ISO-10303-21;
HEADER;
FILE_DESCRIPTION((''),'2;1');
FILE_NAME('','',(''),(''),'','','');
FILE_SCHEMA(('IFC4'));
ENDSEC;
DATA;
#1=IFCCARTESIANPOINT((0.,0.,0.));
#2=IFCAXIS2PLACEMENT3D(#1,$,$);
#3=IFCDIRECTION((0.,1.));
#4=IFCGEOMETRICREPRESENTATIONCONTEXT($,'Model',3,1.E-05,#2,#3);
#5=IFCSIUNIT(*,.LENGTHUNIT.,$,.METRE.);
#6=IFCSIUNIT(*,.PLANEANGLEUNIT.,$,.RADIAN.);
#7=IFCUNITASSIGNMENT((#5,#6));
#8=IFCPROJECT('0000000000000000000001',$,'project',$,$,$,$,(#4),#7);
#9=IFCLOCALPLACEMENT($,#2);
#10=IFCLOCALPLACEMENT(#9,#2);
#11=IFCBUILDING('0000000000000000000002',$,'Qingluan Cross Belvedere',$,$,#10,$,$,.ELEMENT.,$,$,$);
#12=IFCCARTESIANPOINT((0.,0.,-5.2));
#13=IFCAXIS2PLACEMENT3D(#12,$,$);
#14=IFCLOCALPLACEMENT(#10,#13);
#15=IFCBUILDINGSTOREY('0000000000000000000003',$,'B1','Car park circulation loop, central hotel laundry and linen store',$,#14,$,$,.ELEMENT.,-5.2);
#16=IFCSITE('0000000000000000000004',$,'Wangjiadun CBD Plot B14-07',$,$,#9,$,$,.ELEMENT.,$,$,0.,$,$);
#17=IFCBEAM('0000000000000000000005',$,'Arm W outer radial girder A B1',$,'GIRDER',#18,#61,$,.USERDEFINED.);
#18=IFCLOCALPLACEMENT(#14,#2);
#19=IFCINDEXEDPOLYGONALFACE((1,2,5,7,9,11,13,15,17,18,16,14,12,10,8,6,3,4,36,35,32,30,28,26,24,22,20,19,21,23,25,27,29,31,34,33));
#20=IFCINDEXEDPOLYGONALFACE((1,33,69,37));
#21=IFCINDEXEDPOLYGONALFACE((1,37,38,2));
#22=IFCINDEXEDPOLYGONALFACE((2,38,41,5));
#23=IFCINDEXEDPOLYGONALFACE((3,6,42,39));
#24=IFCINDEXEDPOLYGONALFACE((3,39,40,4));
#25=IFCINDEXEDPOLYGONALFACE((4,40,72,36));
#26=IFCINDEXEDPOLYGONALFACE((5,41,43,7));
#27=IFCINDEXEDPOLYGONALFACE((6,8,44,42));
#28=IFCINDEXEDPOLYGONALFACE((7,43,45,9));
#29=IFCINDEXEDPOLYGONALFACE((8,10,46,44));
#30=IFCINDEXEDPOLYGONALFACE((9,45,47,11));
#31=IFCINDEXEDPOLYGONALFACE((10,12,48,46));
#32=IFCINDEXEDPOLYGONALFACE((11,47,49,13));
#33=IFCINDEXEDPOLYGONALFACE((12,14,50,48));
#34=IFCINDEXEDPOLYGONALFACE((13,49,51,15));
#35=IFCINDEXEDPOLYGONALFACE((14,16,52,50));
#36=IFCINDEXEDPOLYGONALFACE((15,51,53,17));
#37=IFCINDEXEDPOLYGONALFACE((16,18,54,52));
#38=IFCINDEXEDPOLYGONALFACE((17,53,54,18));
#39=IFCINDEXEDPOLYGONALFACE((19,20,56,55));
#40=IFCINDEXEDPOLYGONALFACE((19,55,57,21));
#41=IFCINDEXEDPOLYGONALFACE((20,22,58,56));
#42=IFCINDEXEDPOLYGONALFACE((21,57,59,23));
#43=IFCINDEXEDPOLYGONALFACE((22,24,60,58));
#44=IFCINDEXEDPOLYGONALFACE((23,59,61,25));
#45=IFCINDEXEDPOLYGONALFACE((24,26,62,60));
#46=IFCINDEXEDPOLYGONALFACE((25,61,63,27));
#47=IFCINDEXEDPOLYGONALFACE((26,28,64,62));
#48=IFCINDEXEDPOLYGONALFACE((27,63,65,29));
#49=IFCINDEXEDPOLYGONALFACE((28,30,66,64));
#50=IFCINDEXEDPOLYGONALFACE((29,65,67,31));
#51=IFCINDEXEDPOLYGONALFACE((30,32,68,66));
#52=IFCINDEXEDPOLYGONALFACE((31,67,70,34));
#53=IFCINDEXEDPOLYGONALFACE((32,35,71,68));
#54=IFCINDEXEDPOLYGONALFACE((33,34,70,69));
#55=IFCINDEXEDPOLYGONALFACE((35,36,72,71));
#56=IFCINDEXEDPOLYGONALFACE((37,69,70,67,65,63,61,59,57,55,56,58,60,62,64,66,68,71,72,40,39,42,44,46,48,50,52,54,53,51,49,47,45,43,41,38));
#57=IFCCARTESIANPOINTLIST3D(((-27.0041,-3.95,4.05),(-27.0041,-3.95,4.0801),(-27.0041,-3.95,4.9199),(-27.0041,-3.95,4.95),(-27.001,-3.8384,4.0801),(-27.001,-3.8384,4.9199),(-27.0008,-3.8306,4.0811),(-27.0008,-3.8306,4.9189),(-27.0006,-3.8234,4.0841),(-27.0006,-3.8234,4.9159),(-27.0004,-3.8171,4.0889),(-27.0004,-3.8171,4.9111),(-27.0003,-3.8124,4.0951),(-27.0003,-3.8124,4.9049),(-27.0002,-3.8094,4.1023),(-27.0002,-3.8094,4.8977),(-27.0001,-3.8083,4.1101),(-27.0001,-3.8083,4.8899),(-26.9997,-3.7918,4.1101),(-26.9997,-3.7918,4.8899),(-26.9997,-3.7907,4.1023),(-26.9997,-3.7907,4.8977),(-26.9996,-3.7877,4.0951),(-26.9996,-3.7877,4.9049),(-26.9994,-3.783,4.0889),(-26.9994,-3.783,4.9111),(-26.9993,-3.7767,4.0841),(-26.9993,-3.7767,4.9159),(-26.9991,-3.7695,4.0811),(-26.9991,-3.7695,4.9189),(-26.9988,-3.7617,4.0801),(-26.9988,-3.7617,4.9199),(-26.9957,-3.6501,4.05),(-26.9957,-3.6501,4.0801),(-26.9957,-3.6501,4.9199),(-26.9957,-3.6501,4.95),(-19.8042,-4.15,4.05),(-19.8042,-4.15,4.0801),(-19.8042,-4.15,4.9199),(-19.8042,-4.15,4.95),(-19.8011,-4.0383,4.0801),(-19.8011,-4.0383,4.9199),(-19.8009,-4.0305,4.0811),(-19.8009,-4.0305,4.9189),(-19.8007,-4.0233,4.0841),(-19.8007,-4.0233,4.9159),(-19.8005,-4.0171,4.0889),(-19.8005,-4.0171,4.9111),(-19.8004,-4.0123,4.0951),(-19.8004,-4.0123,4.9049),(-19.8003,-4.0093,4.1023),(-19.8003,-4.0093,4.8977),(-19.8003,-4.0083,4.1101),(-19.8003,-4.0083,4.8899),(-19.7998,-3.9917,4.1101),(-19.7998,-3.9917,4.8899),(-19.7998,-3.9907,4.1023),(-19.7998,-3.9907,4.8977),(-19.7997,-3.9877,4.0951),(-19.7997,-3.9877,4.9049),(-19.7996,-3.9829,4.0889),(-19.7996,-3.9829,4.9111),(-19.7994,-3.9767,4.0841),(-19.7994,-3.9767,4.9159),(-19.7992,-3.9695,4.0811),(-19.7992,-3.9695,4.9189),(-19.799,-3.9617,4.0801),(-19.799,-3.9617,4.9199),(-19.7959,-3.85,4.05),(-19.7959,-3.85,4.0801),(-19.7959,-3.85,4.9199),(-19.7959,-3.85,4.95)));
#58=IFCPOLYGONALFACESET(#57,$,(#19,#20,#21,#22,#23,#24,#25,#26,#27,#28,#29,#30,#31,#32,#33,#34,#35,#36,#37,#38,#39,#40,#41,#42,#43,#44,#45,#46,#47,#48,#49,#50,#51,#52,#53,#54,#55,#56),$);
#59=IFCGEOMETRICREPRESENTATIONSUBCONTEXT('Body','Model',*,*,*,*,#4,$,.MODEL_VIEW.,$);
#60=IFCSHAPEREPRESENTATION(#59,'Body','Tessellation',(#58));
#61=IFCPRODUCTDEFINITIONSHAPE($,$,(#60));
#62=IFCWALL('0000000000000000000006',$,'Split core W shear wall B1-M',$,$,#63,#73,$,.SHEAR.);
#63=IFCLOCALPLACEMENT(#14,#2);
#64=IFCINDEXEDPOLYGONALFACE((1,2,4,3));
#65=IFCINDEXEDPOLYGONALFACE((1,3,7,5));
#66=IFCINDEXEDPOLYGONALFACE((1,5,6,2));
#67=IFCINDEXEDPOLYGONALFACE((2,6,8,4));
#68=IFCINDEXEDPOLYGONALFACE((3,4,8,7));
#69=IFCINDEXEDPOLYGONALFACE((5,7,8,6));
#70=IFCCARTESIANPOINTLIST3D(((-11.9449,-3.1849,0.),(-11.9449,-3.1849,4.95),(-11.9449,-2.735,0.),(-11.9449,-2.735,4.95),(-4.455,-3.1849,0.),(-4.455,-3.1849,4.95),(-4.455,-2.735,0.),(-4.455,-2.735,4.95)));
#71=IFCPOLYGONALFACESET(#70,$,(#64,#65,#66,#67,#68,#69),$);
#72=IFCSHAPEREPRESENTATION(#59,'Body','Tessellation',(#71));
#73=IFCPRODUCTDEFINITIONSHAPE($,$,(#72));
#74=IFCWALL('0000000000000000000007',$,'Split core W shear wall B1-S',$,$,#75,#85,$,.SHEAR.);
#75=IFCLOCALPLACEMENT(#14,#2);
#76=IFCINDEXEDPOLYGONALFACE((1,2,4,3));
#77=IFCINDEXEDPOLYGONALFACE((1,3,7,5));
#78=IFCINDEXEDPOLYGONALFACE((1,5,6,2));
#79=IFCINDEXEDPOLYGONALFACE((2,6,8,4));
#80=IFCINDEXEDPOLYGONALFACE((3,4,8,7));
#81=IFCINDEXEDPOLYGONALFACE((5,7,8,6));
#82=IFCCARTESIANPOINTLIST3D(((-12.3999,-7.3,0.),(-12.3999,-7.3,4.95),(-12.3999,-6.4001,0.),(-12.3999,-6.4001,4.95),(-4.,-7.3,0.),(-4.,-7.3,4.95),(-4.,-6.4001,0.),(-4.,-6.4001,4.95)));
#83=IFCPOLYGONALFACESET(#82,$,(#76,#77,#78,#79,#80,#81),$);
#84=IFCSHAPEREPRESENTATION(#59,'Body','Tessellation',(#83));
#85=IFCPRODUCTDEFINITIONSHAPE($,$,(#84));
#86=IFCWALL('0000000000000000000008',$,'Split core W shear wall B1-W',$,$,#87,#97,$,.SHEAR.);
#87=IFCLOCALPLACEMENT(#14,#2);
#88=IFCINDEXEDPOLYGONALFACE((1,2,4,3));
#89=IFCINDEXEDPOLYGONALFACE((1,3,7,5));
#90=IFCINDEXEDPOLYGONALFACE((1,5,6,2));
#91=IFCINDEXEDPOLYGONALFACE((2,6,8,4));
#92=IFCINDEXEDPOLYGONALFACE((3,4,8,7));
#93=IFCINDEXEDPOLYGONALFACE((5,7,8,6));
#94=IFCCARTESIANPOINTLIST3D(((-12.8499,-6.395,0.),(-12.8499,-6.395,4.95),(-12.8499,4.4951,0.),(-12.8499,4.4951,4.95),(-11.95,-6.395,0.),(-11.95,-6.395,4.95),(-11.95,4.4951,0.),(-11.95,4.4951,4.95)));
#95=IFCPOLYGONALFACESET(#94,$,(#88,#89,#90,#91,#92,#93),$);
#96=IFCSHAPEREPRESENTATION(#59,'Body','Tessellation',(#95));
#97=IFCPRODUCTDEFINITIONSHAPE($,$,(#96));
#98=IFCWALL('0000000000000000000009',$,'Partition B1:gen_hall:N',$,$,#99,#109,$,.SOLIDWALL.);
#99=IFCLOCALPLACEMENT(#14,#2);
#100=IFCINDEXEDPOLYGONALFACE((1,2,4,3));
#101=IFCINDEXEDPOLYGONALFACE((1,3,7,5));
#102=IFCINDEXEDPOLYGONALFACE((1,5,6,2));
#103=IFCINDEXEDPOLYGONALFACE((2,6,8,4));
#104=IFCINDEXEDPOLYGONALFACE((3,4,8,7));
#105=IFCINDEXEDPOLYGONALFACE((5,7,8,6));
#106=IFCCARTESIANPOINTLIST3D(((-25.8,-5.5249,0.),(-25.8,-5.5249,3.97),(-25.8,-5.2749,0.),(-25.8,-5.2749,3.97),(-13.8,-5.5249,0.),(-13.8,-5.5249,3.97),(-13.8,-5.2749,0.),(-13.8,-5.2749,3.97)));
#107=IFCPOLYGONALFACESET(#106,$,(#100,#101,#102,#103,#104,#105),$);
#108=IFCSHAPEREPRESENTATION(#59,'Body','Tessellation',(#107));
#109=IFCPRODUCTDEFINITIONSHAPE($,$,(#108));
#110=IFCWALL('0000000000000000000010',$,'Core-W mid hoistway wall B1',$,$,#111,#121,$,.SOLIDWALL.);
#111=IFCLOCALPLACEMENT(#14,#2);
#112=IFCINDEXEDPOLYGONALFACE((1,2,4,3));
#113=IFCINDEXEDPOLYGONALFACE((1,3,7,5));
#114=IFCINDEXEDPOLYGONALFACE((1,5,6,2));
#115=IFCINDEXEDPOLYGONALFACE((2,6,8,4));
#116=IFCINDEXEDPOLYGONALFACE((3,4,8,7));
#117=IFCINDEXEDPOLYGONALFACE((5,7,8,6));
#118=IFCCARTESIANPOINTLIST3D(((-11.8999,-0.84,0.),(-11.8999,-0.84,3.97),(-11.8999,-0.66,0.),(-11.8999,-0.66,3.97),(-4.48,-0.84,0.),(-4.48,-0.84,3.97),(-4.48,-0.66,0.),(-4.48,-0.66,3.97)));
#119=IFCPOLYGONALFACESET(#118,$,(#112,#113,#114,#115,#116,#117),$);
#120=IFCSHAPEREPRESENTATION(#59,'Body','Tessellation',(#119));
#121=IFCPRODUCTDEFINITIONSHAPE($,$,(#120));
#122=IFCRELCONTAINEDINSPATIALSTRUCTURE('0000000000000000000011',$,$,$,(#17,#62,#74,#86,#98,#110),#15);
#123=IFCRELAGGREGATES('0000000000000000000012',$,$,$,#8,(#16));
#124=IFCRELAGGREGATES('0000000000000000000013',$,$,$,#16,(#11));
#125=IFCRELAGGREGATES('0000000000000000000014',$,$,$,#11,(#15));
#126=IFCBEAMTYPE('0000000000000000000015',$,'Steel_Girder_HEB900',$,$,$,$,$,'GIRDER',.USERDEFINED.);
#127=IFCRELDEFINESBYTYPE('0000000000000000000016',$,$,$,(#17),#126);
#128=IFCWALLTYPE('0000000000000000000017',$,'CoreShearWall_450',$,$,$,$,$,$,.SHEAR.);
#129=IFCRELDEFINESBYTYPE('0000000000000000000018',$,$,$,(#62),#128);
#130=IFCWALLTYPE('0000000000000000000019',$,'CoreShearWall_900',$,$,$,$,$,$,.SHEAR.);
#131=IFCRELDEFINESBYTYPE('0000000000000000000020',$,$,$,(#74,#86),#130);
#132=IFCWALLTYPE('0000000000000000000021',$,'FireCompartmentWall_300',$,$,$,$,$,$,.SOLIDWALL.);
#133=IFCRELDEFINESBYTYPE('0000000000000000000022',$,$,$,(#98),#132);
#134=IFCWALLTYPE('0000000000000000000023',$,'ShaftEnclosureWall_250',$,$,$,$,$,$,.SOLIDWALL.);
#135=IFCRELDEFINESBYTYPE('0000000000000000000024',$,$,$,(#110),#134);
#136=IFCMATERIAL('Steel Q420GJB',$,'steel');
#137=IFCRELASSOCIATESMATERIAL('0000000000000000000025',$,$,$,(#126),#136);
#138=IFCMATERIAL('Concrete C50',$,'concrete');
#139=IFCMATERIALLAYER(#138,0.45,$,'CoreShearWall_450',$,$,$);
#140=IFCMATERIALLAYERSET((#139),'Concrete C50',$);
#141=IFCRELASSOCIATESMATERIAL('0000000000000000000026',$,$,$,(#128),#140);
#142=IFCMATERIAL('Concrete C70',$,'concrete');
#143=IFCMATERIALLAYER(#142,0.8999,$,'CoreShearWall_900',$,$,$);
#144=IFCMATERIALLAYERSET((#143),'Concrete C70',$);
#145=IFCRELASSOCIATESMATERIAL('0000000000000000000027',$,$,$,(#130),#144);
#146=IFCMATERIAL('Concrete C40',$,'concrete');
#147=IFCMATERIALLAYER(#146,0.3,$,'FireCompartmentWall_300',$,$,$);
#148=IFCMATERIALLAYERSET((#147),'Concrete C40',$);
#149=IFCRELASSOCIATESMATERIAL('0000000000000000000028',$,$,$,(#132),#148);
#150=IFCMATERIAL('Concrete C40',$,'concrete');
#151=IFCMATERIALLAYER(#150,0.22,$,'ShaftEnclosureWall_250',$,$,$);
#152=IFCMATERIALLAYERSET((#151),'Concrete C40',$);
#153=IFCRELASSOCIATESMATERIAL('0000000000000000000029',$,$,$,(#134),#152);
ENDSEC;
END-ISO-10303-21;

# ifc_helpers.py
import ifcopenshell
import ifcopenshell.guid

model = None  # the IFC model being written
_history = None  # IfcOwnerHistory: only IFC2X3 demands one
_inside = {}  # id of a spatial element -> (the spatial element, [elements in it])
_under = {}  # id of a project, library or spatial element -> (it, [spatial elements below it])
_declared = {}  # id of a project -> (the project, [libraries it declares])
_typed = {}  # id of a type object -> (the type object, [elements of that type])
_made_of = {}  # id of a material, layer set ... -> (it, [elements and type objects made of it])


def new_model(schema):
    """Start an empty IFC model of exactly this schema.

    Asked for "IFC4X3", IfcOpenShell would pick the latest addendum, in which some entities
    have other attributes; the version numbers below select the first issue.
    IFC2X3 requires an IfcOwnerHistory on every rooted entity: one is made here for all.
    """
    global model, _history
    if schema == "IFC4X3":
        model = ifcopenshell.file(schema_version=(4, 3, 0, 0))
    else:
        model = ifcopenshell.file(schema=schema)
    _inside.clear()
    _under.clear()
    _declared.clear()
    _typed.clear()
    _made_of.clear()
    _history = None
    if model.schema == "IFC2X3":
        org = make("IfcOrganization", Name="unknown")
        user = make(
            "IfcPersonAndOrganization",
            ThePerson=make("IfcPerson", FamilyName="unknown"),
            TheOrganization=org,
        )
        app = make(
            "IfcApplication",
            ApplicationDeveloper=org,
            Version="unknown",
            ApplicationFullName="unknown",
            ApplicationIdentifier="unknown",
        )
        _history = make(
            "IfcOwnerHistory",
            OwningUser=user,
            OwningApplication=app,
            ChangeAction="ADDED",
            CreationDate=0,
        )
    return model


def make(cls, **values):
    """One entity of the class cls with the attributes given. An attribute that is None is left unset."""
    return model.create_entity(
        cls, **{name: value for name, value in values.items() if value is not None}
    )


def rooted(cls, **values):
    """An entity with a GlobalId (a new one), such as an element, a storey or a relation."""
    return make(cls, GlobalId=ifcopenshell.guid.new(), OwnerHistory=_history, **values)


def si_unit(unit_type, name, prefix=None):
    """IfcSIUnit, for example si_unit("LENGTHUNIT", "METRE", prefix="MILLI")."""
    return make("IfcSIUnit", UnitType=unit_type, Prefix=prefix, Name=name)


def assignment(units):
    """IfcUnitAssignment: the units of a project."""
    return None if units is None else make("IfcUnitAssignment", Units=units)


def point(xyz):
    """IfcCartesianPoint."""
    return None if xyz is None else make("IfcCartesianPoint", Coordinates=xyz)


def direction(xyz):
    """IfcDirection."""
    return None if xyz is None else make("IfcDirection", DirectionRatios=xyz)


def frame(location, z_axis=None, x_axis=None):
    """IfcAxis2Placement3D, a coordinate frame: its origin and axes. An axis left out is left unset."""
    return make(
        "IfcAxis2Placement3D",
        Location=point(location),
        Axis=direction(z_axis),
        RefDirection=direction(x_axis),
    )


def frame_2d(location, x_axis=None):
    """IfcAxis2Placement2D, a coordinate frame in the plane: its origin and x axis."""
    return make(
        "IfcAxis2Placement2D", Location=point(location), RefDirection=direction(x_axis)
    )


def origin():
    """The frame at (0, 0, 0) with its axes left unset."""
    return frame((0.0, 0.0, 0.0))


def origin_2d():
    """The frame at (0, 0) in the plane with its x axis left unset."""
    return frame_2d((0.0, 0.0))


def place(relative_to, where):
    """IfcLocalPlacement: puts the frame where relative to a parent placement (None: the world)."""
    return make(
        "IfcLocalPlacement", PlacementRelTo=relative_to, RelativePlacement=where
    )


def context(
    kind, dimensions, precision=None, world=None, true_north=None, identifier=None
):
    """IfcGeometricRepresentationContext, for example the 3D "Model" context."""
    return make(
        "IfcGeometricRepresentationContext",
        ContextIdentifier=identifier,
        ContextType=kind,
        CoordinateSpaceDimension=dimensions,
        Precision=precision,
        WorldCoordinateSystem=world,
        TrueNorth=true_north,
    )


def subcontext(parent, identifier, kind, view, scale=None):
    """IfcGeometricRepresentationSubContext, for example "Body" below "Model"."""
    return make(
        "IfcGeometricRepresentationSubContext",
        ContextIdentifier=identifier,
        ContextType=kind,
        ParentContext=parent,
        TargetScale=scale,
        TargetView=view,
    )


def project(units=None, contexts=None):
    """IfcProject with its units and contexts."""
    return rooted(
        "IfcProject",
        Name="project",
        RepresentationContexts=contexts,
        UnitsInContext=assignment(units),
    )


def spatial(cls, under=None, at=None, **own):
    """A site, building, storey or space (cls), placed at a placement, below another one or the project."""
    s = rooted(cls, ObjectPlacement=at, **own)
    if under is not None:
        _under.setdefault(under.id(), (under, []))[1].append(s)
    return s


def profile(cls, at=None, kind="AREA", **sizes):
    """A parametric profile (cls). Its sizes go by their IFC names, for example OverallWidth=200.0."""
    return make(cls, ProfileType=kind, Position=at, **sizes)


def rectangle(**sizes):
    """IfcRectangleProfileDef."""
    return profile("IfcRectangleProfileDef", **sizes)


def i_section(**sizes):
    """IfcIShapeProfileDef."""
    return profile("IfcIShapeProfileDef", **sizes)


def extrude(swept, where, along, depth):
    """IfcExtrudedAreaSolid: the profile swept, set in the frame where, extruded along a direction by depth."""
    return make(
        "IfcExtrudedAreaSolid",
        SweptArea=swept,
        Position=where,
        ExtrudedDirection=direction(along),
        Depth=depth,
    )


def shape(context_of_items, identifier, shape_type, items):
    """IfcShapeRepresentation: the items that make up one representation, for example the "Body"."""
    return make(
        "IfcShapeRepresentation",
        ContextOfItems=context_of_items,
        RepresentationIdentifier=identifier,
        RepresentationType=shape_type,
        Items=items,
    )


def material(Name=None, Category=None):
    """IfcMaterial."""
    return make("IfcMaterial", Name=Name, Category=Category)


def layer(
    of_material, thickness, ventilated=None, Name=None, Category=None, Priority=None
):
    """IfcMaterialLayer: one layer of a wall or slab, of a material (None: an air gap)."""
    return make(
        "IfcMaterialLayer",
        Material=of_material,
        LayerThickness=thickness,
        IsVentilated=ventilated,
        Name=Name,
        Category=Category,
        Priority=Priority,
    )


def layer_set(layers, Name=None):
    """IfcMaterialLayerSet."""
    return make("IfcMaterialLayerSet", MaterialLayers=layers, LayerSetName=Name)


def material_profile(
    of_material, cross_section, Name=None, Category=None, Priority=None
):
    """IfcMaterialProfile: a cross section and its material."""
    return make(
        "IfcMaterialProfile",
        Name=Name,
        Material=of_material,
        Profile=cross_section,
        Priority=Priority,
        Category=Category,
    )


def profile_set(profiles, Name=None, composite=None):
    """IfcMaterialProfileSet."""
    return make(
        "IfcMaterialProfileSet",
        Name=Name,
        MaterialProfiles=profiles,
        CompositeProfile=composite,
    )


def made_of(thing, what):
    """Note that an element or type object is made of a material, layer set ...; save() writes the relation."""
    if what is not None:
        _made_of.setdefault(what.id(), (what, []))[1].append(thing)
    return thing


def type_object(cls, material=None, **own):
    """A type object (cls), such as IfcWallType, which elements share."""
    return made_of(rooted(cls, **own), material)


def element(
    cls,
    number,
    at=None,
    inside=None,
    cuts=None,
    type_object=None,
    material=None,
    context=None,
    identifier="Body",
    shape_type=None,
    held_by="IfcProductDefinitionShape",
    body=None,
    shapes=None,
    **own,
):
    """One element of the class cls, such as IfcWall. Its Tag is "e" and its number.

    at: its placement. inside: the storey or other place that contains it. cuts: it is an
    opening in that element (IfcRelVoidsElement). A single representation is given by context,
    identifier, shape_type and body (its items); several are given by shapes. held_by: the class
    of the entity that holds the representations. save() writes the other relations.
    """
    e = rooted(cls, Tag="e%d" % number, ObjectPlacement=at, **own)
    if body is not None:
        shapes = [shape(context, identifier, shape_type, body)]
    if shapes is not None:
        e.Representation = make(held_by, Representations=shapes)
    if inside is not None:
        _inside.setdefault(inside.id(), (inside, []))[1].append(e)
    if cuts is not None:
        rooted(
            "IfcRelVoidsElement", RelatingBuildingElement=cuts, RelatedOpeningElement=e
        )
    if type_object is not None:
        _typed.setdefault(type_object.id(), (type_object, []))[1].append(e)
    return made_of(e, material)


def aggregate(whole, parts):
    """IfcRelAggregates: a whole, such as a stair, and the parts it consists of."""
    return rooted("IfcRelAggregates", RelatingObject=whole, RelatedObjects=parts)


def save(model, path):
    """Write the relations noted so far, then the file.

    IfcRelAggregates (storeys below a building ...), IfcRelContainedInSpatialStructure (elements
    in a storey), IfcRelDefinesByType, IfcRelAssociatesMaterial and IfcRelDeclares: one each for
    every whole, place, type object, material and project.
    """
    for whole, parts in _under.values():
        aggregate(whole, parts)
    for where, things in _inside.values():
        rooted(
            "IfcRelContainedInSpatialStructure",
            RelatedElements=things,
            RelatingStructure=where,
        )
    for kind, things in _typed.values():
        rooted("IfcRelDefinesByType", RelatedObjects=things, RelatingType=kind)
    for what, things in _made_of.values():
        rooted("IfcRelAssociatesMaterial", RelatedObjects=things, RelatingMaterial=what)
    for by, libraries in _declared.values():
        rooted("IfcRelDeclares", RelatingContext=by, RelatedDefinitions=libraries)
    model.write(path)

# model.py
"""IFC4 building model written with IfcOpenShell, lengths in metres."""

from ifc_helpers import new_model, si_unit, direction, frame, frame_2d, origin, origin_2d, place, context, subcontext, project, spatial, rectangle, i_section, extrude, material, layer, layer_set, material_profile, profile_set, type_object, element, save


model = new_model("IFC4")

# Units and contexts
model_context = context("Model", 3, precision=1e-05, world=origin(), true_north=direction((0.0, 1.0)))
body_context = subcontext(model_context, "Body", "Model", "MODEL_VIEW")
ifc_project = project(units=[si_unit("LENGTHUNIT", "METRE"), si_unit("PLANEANGLEUNIT", "RADIAN")], contexts=[model_context])

# Site, building, storey
site_placement = place(None, origin())
site = spatial("IfcSite", under=ifc_project, at=site_placement, Name="Wangjiadun CBD Plot B14-07", CompositionType="ELEMENT", RefElevation=0.0)
building_placement = place(site_placement, origin())
building = spatial("IfcBuilding", under=site, at=building_placement, Name="Qingluan Cross Belvedere", CompositionType="ELEMENT")
storey_placement = place(building_placement, frame((0.0, 0.0, -5.2)))
storey = spatial("IfcBuildingStorey", under=building, at=storey_placement, Name="B1", Description="Car park circulation loop, central hotel laundry and linen store", CompositionType="ELEMENT", Elevation=-5.2)

# Beam
ifc_material_1 = material(Name="Steel Q420GJB", Category="steel")
ifc_material_profile_1 = material_profile(ifc_material_1, i_section(OverallWidth=0.3, OverallDepth=0.8999, WebThickness=0.0166, FlangeThickness=0.03, FilletRadius=0.03, at=origin_2d()), Name="HEB900")
ifc_profile_set_1 = profile_set([ifc_material_profile_1], Name="Steel Q420GJB")
beam_type_1 = type_object("IfcBeamType", Name="Steel_Girder_HEB900", ElementType="GIRDER", PredefinedType="USERDEFINED", material=ifc_profile_set_1)
beam_1_placement = place(storey_placement, frame((-19.8, -4.0, 4.5), z_axis=(-0.999615, 0.02776, 0.0), x_axis=(-0.02776, -0.999615, 0.0)))
element("IfcBeam", 1, at=beam_1_placement, inside=storey, type_object=beam_type_1, Name="Arm W outer radial girder A B1", ObjectType="GIRDER", PredefinedType="USERDEFINED", context=body_context, shape_type="SweptSolid", body=[
    extrude(i_section(OverallWidth=0.3, OverallDepth=0.8999, WebThickness=0.0166, FlangeThickness=0.03, FilletRadius=0.03, at=origin_2d()), origin(), (0.0, 0.0, 1.0), 7.2026),
])

# Walls
ifc_material_2 = material(Name="Concrete C50", Category="concrete")
ifc_layer_1 = layer(ifc_material_2, 0.45, Name="CoreShearWall_450")
ifc_layer_set_1 = layer_set([ifc_layer_1], Name="Concrete C50")
wall_type_1 = type_object("IfcWallType", Name="CoreShearWall_450", PredefinedType="SHEAR", material=ifc_layer_set_1)
wall_1_placement = place(storey_placement, frame((-11.9451, -2.96, 0.0), z_axis=(0.0, 0.0, 1.0), x_axis=(1.0, 0.0, 0.0)))
element("IfcWall", 2, at=wall_1_placement, inside=storey, type_object=wall_type_1, Name="Split core W shear wall B1-M", PredefinedType="SHEAR", context=body_context, shape_type="SweptSolid", body=[
    extrude(rectangle(XDim=7.49, YDim=0.45, at=frame_2d((3.7451, 0.0))), origin(), (0.0, 0.0, 1.0), 4.95),
])
ifc_material_3 = material(Name="Concrete C70", Category="concrete")
ifc_layer_2 = layer(ifc_material_3, 0.8999, Name="CoreShearWall_900")
ifc_layer_set_2 = layer_set([ifc_layer_2], Name="Concrete C70")
wall_type_2 = type_object("IfcWallType", Name="CoreShearWall_900", PredefinedType="SHEAR", material=ifc_layer_set_2)
wall_2_placement = place(storey_placement, frame((-12.3999, -6.8501, 0.0), z_axis=(0.0, 0.0, 1.0), x_axis=(1.0, 0.0, 0.0)))
element("IfcWall", 3, at=wall_2_placement, inside=storey, type_object=wall_type_2, Name="Split core W shear wall B1-S", PredefinedType="SHEAR", context=body_context, shape_type="SweptSolid", body=[
    extrude(rectangle(XDim=8.3999, YDim=0.8999, at=frame_2d((4.2, 0.0))), origin(), (0.0, 0.0, 1.0), 4.95),
])
wall_3_placement = place(storey_placement, frame((-12.3999, -6.395, 0.0), z_axis=(0.0, 0.0, 1.0), x_axis=(0.0, 1.0, 0.0)))
element("IfcWall", 4, at=wall_3_placement, inside=storey, type_object=wall_type_2, Name="Split core W shear wall B1-W", PredefinedType="SHEAR", context=body_context, shape_type="SweptSolid", body=[
    extrude(rectangle(XDim=10.8901, YDim=0.8999, at=frame_2d((5.4451, 0.0))), origin(), (0.0, 0.0, 1.0), 4.95),
])
ifc_material_4 = material(Name="Concrete C40", Category="concrete")
ifc_layer_3 = layer(ifc_material_4, 0.3, Name="FireCompartmentWall_300")
ifc_layer_set_3 = layer_set([ifc_layer_3], Name="Concrete C40")
wall_type_3 = type_object("IfcWallType", Name="FireCompartmentWall_300", PredefinedType="SOLIDWALL", material=ifc_layer_set_3)
wall_4_placement = place(storey_placement, frame((-25.8, -5.3999, 0.0), z_axis=(0.0, 0.0, 1.0), x_axis=(1.0, 0.0, 0.0)))
element("IfcWall", 5, at=wall_4_placement, inside=storey, type_object=wall_type_3, Name="Partition B1:gen_hall:N", PredefinedType="SOLIDWALL", context=body_context, shape_type="SweptSolid", body=[
    extrude(rectangle(XDim=12.0, YDim=0.25, at=frame_2d((6.0, 0.0))), origin(), (0.0, 0.0, 1.0), 3.97),
])

# Shared definitions
ifc_material_5 = material(Name="Concrete C40", Category="concrete")
ifc_layer_4 = layer(ifc_material_5, 0.22, Name="ShaftEnclosureWall_250")
ifc_layer_set_4 = layer_set([ifc_layer_4], Name="Concrete C40")
wall_type_4 = type_object("IfcWallType", Name="ShaftEnclosureWall_250", PredefinedType="SOLIDWALL", material=ifc_layer_set_4)

# Wall
wall_5_placement = place(storey_placement, frame((-11.8999, -0.75, 0.0), z_axis=(0.0, 0.0, 1.0), x_axis=(1.0, 0.0, 0.0)))
element("IfcWall", 6, at=wall_5_placement, inside=storey, type_object=wall_type_4, Name="Core-W mid hoistway wall B1", PredefinedType="SOLIDWALL", context=body_context, shape_type="SweptSolid", body=[
    extrude(rectangle(XDim=7.4199, YDim=0.1799, at=frame_2d((3.71, 0.0))), origin(), (0.0, 0.0, 1.0), 3.97),
])

save(model, "model.ifc")
